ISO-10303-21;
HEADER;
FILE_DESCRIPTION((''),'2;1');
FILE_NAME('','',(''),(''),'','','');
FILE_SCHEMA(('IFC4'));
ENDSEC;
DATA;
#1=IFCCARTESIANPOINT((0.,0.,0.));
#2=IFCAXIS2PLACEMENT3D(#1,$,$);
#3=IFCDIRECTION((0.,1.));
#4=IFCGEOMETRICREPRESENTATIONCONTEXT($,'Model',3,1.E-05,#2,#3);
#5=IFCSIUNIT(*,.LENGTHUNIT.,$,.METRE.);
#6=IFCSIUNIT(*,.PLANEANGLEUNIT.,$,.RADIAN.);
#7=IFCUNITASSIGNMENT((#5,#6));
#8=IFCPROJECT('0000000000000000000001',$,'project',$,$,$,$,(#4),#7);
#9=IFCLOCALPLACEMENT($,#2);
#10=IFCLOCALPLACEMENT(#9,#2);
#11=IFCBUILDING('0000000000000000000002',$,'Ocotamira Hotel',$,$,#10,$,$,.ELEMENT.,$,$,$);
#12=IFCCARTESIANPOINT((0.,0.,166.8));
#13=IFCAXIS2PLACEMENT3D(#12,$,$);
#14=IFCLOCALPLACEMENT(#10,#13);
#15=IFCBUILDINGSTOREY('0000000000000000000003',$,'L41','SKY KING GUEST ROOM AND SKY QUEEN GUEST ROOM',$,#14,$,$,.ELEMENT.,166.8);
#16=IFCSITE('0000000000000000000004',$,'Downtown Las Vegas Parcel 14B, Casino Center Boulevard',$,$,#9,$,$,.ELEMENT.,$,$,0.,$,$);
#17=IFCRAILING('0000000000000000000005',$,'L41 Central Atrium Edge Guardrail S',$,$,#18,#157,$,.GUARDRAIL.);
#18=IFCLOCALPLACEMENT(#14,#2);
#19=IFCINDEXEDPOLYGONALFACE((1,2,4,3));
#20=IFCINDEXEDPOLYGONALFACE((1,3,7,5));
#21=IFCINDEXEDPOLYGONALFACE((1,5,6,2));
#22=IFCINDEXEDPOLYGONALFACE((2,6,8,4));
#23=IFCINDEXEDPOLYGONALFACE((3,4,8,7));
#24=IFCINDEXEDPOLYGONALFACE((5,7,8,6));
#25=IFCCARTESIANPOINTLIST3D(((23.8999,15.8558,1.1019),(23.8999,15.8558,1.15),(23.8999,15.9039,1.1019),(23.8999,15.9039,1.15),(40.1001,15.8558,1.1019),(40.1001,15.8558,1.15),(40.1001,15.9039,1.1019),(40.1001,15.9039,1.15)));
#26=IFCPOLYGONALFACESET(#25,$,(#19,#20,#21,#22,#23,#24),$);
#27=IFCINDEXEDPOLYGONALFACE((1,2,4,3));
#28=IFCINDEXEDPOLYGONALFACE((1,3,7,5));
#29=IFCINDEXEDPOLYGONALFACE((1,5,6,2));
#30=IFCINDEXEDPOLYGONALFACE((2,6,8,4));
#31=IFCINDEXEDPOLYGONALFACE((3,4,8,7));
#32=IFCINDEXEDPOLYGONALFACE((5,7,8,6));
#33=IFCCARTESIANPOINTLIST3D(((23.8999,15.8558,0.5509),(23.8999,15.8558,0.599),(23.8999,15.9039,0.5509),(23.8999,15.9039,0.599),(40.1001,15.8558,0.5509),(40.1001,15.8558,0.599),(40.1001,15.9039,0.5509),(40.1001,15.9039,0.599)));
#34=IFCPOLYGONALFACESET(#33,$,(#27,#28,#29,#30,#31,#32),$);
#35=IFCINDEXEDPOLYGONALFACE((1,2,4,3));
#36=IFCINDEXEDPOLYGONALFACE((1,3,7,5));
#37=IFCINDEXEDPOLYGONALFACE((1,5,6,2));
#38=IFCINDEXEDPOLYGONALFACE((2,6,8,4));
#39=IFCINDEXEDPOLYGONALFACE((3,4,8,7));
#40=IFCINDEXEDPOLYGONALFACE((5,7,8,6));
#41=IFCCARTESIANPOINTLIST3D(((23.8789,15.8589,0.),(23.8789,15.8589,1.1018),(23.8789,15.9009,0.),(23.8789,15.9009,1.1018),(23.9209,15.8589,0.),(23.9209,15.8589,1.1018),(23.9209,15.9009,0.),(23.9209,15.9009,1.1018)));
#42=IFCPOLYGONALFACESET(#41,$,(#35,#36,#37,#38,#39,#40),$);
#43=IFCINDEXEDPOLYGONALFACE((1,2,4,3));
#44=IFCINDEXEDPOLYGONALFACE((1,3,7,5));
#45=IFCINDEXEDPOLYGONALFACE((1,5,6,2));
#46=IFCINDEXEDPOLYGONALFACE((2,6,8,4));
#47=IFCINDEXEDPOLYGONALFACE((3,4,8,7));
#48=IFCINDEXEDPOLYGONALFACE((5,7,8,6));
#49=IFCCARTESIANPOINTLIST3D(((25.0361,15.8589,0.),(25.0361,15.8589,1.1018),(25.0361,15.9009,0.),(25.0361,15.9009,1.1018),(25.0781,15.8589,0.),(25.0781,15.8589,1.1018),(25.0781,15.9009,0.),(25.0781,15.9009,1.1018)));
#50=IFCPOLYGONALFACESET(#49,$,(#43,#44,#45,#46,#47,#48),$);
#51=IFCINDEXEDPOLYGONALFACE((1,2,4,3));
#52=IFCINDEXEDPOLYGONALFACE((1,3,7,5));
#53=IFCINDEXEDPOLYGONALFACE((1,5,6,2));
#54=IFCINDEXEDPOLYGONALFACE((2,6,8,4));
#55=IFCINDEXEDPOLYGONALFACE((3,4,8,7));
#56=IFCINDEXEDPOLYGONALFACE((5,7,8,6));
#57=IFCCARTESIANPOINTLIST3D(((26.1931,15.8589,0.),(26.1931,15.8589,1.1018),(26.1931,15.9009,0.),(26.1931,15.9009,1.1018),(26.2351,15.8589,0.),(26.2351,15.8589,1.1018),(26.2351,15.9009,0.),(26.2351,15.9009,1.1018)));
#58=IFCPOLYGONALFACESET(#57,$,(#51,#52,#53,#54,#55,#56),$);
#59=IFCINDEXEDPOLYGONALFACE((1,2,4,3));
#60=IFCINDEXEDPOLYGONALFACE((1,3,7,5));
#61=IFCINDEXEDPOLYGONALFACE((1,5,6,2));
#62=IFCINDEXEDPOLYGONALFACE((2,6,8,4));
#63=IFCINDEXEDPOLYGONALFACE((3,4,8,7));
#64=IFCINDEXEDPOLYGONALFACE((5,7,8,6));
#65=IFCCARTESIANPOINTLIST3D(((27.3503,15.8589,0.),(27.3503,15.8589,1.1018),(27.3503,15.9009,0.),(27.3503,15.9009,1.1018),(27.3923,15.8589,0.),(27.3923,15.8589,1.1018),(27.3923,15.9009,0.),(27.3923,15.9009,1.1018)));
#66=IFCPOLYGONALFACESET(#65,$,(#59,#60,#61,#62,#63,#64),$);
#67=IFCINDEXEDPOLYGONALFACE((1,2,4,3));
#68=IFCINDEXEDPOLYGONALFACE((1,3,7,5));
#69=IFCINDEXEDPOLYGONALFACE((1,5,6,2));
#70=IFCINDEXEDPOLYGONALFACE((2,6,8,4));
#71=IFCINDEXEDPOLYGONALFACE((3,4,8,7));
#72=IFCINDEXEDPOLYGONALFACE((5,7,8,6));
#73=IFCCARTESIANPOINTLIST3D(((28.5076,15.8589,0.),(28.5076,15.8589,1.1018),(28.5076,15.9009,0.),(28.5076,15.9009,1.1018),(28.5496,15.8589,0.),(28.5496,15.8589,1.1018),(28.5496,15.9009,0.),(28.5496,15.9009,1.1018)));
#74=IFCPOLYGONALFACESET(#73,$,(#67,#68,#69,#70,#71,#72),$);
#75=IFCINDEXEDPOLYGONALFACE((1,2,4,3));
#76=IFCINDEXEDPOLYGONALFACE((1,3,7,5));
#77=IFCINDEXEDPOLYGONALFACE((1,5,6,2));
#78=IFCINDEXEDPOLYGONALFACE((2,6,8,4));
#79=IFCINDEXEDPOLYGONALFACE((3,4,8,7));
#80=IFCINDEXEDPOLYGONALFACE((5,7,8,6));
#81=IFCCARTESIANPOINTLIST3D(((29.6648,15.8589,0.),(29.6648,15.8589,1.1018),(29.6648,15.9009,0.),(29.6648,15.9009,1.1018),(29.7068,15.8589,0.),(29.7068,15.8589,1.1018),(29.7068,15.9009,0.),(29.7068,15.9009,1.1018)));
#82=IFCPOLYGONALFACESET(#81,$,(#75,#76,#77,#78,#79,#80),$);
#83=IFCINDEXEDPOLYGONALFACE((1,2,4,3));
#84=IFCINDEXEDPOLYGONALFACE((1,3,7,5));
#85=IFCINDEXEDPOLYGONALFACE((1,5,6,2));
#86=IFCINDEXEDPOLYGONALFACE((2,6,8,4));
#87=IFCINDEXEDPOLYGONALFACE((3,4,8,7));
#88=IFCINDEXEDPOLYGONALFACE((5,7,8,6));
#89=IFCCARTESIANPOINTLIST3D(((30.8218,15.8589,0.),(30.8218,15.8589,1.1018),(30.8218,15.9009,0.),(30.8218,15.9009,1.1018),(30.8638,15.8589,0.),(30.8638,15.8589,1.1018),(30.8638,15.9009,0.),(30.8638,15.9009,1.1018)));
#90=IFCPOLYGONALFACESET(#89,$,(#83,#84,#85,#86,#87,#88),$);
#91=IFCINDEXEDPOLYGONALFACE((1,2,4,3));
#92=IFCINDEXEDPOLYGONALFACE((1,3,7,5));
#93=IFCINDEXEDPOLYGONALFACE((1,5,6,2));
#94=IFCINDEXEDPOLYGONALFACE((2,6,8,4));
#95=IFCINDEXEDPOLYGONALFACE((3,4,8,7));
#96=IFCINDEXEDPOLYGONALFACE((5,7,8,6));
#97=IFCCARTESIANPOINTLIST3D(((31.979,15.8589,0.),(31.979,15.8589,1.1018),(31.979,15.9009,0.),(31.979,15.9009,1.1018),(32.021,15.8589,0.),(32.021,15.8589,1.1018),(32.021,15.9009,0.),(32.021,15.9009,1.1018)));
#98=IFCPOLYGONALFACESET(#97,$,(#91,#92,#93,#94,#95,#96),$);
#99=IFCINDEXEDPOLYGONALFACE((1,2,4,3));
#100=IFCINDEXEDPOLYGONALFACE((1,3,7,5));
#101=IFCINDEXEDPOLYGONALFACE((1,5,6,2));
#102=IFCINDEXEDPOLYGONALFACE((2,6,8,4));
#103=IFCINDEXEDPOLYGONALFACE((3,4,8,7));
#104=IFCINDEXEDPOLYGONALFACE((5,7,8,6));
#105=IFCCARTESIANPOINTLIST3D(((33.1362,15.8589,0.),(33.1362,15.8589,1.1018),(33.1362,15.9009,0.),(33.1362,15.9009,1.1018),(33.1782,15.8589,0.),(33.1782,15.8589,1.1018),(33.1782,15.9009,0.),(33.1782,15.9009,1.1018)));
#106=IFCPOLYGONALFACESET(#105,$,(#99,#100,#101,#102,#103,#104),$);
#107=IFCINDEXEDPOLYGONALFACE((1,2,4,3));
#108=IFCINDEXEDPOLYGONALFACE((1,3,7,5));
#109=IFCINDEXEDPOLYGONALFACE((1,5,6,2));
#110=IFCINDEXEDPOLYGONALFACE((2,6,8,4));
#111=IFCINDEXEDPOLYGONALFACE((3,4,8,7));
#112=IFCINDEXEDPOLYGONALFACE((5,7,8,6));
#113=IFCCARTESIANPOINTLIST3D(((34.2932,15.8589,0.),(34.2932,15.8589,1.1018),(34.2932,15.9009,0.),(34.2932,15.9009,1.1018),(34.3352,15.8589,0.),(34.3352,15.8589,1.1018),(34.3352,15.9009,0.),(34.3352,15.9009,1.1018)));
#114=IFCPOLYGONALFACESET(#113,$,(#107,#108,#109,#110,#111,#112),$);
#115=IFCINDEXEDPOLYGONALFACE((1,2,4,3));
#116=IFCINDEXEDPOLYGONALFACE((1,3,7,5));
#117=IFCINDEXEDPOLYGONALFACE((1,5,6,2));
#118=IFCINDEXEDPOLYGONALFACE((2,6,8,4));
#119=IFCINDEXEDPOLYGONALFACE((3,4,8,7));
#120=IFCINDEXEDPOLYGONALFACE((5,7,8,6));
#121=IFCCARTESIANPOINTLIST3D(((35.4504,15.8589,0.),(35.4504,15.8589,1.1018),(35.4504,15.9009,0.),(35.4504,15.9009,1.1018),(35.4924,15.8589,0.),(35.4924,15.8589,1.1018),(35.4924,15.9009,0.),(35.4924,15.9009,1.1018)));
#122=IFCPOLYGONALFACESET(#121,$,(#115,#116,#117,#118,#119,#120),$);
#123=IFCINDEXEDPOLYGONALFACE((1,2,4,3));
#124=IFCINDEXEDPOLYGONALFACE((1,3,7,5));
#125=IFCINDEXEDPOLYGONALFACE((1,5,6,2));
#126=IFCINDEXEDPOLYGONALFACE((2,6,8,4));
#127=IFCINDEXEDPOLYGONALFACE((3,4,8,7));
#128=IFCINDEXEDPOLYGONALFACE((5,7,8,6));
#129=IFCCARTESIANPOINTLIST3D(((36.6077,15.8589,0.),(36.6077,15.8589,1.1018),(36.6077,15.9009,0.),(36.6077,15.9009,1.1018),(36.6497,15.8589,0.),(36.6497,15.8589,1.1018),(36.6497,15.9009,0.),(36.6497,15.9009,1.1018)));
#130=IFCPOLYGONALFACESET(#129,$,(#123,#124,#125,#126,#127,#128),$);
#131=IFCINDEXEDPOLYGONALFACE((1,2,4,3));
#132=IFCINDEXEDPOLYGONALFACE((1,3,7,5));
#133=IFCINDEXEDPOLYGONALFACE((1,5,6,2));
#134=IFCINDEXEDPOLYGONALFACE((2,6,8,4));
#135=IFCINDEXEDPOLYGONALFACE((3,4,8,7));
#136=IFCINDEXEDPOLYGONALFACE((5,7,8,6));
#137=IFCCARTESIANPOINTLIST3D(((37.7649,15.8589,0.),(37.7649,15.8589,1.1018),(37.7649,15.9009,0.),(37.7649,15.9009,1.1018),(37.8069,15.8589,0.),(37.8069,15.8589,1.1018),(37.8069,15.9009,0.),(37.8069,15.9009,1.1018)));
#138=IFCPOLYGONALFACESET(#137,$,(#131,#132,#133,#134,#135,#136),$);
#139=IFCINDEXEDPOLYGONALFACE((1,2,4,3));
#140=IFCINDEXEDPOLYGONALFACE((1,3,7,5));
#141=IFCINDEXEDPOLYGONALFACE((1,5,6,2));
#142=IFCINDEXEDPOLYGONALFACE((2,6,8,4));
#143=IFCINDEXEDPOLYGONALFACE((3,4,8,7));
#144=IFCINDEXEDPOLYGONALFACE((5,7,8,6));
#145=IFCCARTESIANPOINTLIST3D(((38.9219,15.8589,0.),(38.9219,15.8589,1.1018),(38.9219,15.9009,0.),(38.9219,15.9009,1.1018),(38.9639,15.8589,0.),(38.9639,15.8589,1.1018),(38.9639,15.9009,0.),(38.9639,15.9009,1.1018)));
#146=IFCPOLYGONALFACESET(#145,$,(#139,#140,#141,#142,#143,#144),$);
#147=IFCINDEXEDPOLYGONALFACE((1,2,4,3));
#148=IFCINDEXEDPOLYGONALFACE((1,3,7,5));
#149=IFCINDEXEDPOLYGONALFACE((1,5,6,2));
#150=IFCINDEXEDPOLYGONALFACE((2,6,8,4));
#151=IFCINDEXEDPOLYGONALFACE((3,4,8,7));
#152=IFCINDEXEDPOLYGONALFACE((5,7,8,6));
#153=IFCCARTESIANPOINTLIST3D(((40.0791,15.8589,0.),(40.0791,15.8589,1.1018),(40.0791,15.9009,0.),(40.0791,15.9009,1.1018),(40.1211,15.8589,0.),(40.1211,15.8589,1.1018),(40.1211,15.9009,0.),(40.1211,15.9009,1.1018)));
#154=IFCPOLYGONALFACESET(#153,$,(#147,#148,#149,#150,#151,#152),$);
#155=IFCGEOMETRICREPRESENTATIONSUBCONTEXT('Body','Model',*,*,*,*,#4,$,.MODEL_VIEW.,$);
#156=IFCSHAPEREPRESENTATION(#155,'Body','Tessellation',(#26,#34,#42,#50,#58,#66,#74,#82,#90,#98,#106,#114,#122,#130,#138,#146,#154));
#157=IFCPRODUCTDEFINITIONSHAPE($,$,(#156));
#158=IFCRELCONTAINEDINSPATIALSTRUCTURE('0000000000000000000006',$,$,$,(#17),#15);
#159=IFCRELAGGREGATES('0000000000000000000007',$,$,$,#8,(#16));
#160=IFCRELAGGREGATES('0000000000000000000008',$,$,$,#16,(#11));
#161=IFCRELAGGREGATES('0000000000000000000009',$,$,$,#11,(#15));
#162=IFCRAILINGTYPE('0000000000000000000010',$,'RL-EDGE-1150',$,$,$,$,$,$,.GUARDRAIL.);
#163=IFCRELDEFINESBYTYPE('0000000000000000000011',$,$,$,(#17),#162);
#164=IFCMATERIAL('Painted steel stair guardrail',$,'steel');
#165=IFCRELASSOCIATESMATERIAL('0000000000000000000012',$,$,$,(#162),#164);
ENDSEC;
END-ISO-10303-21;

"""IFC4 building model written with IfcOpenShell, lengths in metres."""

from ifc_helpers import new_model, si_unit, direction, frame, origin, origin_2d, place, context, subcontext, project, spatial, rectangle, extrude, material, type_object, element, save


model = new_model("IFC4")

# Units and contexts
model_context = context("Model", 3, precision=1e-05, world=origin(), true_north=direction((0.0, 1.0)))
body_context = subcontext(model_context, "Body", "Model", "MODEL_VIEW")
ifc_project = project(units=[si_unit("LENGTHUNIT", "METRE"), si_unit("PLANEANGLEUNIT", "RADIAN")], contexts=[model_context])

# Site, building, storey
site_placement = place(None, origin())
site = spatial("IfcSite", under=ifc_project, at=site_placement, Name="Downtown Las Vegas Parcel 14B, Casino Center Boulevard", CompositionType="ELEMENT", RefElevation=0.0)
building_placement = place(site_placement, origin())
building = spatial("IfcBuilding", under=site, at=building_placement, Name="Ocotamira Hotel", CompositionType="ELEMENT")
storey_placement = place(building_placement, frame((0.0, 0.0, 166.8)))
storey = spatial("IfcBuildingStorey", under=building, at=storey_placement, Name="L41", Description="SKY KING GUEST ROOM AND SKY QUEEN GUEST ROOM", CompositionType="ELEMENT", Elevation=166.8)

# Railing
ifc_material_1 = material(Name="Painted steel stair guardrail", Category="steel")
railing_type_1 = type_object("IfcRailingType", Name="RL-EDGE-1150", PredefinedType="GUARDRAIL", material=ifc_material_1)
railing_1_placement = place(storey_placement, frame((23.8999, 15.8799, 0.0)))
element("IfcRailing", 1, at=railing_1_placement, inside=storey, type_object=railing_type_1, Name="L41 Central Atrium Edge Guardrail S", PredefinedType="GUARDRAIL", context=body_context, shape_type="SweptSolid", body=[
    extrude(rectangle(XDim=0.0481, YDim=0.0481, at=origin_2d()), frame((0.0, 0.0, 1.126), z_axis=(1.0, 0.0, 0.0), x_axis=(0.0, 1.0, 0.0)), (0.0, 0.0, 1.0), 16.2002),
    extrude(rectangle(XDim=0.0481, YDim=0.0481, at=origin_2d()), frame((0.0, 0.0, 0.575), z_axis=(1.0, 0.0, 0.0), x_axis=(0.0, 1.0, 0.0)), (0.0, 0.0, 1.0), 16.2002),
    extrude(rectangle(XDim=0.042, YDim=0.042, at=origin_2d()), origin(), (0.0, 0.0, 1.0), 1.1018),
    extrude(rectangle(XDim=0.042, YDim=0.042, at=origin_2d()), frame((1.1572, 0.0, 0.0)), (0.0, 0.0, 1.0), 1.1018),
    extrude(rectangle(XDim=0.042, YDim=0.042, at=origin_2d()), frame((2.3142, 0.0, 0.0)), (0.0, 0.0, 1.0), 1.1018),
    extrude(rectangle(XDim=0.042, YDim=0.042, at=origin_2d()), frame((3.4714, 0.0, 0.0)), (0.0, 0.0, 1.0), 1.1018),
    extrude(rectangle(XDim=0.042, YDim=0.042, at=origin_2d()), frame((4.6287, 0.0, 0.0)), (0.0, 0.0, 1.0), 1.1018),
    extrude(rectangle(XDim=0.042, YDim=0.042, at=origin_2d()), frame((5.7859, 0.0, 0.0)), (0.0, 0.0, 1.0), 1.1018),
    extrude(rectangle(XDim=0.042, YDim=0.042, at=origin_2d()), frame((6.9429, 0.0, 0.0)), (0.0, 0.0, 1.0), 1.1018),
    extrude(rectangle(XDim=0.042, YDim=0.042, at=origin_2d()), frame((8.1001, 0.0, 0.0)), (0.0, 0.0, 1.0), 1.1018),
    extrude(rectangle(XDim=0.042, YDim=0.042, at=origin_2d()), frame((9.2573, 0.0, 0.0)), (0.0, 0.0, 1.0), 1.1018),
    extrude(rectangle(XDim=0.042, YDim=0.042, at=origin_2d()), frame((10.4143, 0.0, 0.0)), (0.0, 0.0, 1.0), 1.1018),
    extrude(rectangle(XDim=0.042, YDim=0.042, at=origin_2d()), frame((11.5715, 0.0, 0.0)), (0.0, 0.0, 1.0), 1.1018),
    extrude(rectangle(XDim=0.042, YDim=0.042, at=origin_2d()), frame((12.7288, 0.0, 0.0)), (0.0, 0.0, 1.0), 1.1018),
    extrude(rectangle(XDim=0.042, YDim=0.042, at=origin_2d()), frame((13.886, 0.0, 0.0)), (0.0, 0.0, 1.0), 1.1018),
    extrude(rectangle(XDim=0.042, YDim=0.042, at=origin_2d()), frame((15.043, 0.0, 0.0)), (0.0, 0.0, 1.0), 1.1018),
    extrude(rectangle(XDim=0.042, YDim=0.042, at=origin_2d()), frame((16.2002, 0.0, 0.0)), (0.0, 0.0, 1.0), 1.1018),
])

save(model, "model.ifc")
